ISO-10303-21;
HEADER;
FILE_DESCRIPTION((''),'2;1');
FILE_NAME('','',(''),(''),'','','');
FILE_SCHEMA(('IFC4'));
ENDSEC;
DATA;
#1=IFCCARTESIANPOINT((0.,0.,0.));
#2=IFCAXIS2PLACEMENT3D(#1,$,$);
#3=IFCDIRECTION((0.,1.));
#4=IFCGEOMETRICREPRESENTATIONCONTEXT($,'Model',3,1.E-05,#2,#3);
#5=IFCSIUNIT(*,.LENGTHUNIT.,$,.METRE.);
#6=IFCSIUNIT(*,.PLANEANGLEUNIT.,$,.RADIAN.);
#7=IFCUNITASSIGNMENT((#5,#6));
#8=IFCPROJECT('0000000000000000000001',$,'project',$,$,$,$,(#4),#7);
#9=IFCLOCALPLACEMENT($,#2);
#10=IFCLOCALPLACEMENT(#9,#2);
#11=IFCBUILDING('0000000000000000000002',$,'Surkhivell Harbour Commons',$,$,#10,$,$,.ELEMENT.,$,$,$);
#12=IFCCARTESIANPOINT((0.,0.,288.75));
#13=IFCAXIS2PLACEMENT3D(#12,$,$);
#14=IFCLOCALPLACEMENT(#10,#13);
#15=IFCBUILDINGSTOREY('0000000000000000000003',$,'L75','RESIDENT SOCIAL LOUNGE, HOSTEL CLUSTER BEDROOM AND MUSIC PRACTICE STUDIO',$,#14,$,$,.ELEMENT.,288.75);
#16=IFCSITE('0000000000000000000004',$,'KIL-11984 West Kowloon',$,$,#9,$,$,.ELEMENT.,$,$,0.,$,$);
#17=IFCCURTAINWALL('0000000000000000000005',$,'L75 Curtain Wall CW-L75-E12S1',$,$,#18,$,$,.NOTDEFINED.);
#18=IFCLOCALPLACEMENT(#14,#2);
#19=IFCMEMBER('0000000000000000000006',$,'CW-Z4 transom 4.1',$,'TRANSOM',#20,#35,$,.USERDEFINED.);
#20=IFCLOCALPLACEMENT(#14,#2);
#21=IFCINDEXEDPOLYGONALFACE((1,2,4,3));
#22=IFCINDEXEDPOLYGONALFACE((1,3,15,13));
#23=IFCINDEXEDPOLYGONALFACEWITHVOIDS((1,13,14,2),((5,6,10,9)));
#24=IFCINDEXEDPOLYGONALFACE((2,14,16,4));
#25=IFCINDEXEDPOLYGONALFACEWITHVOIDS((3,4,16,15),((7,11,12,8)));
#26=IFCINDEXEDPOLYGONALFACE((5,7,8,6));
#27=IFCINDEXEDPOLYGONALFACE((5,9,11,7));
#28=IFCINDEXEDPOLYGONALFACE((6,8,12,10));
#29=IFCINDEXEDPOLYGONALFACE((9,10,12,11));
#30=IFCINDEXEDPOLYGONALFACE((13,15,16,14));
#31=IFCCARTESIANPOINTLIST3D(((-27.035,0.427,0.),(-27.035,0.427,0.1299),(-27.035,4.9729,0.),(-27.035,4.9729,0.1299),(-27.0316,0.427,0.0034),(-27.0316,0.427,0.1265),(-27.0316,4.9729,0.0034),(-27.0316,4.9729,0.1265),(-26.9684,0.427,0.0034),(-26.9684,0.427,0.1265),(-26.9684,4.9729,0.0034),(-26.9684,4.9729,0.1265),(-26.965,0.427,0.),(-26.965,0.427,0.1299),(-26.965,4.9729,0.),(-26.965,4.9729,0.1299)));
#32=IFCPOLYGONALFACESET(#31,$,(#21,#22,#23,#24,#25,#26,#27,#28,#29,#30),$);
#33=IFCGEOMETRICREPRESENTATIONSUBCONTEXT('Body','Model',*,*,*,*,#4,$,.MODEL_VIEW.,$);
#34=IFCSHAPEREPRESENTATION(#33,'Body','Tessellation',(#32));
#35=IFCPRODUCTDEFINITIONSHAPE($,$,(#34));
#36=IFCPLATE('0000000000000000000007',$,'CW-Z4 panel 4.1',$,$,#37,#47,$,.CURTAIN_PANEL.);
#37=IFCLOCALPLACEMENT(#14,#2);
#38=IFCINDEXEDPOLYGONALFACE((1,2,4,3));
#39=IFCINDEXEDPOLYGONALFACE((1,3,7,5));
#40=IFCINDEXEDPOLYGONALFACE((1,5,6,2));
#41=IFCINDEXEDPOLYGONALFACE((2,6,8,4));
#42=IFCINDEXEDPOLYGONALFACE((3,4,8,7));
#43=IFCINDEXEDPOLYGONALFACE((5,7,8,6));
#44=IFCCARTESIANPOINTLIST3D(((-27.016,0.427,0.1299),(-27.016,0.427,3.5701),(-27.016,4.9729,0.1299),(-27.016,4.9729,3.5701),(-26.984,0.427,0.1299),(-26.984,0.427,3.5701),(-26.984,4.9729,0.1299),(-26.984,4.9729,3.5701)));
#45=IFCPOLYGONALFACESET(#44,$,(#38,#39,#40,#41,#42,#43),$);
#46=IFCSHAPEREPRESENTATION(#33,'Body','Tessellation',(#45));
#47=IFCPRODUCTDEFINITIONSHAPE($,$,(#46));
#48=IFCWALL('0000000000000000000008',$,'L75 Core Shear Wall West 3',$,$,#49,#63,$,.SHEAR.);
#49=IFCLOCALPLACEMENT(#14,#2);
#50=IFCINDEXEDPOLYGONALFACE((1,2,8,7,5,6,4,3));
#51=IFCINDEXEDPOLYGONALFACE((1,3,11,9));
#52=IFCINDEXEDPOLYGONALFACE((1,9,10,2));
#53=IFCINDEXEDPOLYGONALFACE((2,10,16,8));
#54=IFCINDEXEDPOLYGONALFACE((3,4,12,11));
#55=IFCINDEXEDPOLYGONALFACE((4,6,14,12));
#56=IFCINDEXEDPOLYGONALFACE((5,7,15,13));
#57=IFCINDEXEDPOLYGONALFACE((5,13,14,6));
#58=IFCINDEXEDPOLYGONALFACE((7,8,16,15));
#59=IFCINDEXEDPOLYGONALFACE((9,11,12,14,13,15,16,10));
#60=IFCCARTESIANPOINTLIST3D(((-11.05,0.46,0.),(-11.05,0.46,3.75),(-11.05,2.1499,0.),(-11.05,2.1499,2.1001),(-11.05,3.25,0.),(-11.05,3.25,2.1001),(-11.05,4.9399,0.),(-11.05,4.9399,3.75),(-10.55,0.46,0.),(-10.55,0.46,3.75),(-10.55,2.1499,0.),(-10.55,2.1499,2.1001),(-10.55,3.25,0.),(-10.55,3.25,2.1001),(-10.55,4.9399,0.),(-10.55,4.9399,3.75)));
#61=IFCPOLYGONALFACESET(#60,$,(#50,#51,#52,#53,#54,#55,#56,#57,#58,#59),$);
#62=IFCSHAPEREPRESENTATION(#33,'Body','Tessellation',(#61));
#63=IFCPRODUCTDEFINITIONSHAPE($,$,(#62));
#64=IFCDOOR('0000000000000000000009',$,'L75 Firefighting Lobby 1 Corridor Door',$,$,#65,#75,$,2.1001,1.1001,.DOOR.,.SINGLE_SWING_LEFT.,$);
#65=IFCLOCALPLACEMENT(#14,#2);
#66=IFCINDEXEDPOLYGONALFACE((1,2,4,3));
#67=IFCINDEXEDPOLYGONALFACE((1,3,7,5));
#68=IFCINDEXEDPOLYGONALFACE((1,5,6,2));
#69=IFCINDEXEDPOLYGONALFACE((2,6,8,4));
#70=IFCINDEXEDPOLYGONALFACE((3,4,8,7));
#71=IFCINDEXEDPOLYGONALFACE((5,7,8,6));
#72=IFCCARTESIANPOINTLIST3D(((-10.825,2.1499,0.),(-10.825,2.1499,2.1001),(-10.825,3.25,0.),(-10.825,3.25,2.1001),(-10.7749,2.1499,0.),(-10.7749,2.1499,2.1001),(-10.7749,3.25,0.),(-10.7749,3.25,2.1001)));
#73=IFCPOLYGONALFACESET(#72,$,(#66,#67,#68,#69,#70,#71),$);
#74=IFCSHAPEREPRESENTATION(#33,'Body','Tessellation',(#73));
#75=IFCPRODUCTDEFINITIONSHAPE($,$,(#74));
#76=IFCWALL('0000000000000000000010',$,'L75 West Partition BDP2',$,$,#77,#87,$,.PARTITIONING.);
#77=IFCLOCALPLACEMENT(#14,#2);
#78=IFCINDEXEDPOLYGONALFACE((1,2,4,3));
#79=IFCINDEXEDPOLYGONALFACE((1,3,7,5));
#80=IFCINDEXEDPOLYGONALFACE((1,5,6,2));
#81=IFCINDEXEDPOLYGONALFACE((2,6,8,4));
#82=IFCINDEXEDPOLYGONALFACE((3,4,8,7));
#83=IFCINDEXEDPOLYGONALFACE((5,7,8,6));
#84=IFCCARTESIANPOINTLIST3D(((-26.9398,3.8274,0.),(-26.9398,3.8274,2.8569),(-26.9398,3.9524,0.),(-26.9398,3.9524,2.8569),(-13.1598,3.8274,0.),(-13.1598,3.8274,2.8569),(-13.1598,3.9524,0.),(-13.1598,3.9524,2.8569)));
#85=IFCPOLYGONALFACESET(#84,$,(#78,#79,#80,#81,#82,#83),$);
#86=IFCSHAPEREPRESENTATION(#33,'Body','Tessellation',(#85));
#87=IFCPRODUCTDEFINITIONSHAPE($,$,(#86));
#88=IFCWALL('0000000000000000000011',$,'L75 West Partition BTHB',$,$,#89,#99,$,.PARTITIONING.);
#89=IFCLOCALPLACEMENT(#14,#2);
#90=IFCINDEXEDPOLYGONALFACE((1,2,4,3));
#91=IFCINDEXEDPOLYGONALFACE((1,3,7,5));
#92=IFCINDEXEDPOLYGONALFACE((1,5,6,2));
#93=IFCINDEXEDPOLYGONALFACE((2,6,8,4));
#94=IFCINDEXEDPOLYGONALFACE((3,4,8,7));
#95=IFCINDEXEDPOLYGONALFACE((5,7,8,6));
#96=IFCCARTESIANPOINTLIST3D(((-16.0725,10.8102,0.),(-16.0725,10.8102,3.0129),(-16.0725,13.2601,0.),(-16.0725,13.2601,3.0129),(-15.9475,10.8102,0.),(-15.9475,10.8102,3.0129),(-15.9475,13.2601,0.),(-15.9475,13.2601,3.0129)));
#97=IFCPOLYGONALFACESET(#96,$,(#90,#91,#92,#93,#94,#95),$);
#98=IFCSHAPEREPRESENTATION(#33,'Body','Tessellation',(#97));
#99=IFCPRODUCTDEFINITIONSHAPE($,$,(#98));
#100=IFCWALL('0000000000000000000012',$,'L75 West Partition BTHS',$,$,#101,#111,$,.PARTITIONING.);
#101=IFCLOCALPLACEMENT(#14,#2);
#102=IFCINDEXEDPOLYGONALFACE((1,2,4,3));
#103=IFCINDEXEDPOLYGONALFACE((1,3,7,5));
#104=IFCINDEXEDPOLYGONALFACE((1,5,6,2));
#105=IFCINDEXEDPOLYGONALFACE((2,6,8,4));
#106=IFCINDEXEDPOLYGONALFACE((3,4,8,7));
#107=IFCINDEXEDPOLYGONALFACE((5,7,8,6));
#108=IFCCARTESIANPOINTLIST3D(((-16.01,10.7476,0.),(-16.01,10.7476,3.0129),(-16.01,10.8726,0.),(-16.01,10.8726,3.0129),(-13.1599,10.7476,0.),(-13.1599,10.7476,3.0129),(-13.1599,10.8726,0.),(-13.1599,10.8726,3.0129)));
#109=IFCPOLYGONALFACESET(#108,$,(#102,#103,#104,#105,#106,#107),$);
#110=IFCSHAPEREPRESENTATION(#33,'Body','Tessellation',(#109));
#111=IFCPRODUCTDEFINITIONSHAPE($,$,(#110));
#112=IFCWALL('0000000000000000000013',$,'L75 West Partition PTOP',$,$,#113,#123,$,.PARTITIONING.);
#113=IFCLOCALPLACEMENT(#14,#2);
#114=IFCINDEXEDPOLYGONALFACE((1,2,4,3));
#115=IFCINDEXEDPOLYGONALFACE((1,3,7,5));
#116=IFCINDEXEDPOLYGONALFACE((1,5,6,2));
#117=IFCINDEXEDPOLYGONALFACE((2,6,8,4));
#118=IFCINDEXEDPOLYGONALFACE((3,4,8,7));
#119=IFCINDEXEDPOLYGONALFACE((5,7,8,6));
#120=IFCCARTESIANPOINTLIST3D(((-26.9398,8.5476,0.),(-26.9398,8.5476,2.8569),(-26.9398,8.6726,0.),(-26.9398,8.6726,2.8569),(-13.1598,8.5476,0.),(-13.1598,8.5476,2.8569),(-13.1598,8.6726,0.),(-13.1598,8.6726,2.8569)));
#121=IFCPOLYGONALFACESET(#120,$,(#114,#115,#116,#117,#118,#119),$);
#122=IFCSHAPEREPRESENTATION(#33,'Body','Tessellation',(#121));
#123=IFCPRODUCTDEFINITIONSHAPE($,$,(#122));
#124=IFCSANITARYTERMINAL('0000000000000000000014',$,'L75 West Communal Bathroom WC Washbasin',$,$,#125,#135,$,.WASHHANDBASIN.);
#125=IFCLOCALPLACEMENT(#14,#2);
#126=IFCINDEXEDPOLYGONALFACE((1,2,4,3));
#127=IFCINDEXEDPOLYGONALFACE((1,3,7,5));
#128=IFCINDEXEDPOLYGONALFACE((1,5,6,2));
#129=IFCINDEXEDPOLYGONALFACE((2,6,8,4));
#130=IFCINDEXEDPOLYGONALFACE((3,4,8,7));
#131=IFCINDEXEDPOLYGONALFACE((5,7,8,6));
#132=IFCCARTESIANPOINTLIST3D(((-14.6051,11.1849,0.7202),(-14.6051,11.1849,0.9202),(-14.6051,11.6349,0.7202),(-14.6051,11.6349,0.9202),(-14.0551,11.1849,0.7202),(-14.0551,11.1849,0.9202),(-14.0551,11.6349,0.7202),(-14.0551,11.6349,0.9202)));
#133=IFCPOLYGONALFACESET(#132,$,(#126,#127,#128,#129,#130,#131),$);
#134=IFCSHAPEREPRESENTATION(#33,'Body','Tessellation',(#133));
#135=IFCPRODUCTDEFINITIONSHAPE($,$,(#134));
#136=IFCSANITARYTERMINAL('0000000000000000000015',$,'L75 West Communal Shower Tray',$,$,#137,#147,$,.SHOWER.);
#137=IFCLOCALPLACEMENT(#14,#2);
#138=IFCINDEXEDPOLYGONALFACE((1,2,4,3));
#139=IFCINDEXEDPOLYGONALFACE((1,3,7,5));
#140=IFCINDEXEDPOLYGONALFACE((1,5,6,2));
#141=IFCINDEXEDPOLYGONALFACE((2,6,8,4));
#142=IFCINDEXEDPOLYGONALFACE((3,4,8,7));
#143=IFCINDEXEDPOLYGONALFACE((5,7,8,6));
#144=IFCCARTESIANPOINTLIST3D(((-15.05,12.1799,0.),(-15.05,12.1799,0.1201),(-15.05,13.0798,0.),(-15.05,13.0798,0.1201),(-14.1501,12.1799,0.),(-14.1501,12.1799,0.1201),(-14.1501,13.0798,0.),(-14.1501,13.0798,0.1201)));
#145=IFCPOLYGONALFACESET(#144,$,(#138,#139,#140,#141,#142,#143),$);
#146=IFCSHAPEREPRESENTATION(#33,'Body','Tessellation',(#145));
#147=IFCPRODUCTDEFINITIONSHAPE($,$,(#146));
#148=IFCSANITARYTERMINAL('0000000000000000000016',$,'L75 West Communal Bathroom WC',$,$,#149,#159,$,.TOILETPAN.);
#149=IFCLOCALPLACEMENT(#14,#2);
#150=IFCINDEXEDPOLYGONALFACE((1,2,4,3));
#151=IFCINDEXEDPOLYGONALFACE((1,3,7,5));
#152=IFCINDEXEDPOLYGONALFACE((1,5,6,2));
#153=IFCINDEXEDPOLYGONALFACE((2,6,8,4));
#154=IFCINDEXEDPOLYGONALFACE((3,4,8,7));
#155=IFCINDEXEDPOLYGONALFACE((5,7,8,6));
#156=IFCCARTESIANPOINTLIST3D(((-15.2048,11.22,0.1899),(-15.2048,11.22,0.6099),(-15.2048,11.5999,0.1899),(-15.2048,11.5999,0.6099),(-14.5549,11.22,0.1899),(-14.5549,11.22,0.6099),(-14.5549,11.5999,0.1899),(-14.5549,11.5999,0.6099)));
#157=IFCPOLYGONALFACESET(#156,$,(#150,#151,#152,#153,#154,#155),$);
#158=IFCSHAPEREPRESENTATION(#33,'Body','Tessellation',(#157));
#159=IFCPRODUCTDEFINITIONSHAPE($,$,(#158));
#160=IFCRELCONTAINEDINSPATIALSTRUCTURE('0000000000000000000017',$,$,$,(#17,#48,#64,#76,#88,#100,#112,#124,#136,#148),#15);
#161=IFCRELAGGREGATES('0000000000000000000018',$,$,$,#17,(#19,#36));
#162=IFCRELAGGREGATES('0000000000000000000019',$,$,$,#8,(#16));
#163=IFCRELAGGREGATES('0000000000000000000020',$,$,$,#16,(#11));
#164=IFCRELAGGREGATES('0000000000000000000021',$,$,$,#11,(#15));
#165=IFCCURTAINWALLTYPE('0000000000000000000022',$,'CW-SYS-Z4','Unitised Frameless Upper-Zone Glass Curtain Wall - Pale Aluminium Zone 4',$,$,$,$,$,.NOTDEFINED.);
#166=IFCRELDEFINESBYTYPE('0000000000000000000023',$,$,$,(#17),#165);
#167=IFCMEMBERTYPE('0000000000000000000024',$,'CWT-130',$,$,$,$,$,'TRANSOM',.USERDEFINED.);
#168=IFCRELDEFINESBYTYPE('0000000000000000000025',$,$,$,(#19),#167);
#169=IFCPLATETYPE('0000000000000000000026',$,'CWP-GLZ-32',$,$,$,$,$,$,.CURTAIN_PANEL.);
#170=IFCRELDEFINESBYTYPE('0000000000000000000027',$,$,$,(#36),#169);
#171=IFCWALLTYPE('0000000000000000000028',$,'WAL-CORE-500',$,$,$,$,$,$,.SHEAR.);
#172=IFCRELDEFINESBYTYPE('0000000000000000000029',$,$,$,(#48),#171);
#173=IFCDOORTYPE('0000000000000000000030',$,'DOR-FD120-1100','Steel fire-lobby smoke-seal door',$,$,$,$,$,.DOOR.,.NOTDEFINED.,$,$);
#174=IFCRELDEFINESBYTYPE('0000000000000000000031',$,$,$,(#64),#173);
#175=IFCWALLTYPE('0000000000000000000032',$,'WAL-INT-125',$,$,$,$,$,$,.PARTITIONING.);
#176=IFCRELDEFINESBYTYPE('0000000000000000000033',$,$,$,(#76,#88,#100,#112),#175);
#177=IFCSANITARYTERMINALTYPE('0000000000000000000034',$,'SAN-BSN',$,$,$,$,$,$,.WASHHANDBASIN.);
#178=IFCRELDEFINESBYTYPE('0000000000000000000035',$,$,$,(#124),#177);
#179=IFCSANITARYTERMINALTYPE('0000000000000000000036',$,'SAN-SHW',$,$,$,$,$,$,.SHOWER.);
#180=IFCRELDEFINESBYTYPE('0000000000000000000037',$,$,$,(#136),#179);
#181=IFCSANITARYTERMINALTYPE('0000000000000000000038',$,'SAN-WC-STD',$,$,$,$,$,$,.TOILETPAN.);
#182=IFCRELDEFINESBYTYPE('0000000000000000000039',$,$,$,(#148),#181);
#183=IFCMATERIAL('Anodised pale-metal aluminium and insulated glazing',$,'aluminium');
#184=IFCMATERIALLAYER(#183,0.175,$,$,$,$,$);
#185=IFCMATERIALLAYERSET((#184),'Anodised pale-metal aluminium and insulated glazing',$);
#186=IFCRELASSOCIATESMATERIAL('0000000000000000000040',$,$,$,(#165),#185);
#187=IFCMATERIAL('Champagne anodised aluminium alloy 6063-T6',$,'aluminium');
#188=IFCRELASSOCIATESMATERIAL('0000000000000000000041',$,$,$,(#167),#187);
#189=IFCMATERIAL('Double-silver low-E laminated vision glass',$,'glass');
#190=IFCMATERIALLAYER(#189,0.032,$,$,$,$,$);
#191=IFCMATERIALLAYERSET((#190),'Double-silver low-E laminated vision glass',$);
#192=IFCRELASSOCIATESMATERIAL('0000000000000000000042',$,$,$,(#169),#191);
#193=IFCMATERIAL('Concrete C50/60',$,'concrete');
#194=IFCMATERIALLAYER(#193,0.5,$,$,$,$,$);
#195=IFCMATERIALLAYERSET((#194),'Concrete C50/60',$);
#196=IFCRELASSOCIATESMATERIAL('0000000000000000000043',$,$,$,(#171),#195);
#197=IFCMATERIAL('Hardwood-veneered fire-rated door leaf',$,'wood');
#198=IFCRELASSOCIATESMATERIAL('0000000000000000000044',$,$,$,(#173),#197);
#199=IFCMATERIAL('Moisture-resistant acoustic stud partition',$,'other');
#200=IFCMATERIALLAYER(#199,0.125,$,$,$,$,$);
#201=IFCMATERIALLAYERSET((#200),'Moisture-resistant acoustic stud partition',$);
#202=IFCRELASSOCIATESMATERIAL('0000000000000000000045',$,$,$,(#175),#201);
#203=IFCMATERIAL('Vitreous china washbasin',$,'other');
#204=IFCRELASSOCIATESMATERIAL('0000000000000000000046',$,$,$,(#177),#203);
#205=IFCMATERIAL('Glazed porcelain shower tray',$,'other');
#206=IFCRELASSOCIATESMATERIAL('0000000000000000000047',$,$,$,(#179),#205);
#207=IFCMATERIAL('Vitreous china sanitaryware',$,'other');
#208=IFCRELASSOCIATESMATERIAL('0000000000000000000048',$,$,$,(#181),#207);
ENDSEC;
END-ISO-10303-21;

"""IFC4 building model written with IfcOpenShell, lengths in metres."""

from ifc_helpers import new_model, si_unit, direction, frame, frame_2d, origin, origin_2d, place, context, subcontext, project, spatial, rectangle, hollow_rectangle, extrude, material, layer, layer_set, material_profile, profile_set, type_object, element, fill, aggregate, save


model = new_model("IFC4")

# Units and contexts
model_context = context("Model", 3, precision=1e-05, world=origin(), true_north=direction((0.0, 1.0)))
body_context = subcontext(model_context, "Body", "Model", "MODEL_VIEW")
ifc_project = project(units=[si_unit("LENGTHUNIT", "METRE"), si_unit("PLANEANGLEUNIT", "RADIAN")], contexts=[model_context])

# Site, building, storey
site_placement = place(None, origin())
site = spatial("IfcSite", under=ifc_project, at=site_placement, Name="KIL-11984 West Kowloon", CompositionType="ELEMENT", RefElevation=0.0)
building_placement = place(site_placement, origin())
building = spatial("IfcBuilding", under=site, at=building_placement, Name="Surkhivell Harbour Commons", CompositionType="ELEMENT")
storey_placement = place(building_placement, frame((0.0, 0.0, 288.75)))
storey = spatial("IfcBuildingStorey", under=building, at=storey_placement, Name="L75", Description="RESIDENT SOCIAL LOUNGE, HOSTEL CLUSTER BEDROOM AND MUSIC PRACTICE STUDIO", CompositionType="ELEMENT", Elevation=288.75)

# Shared definitions
ifc_material_1 = material(Name="Concrete C50/60", Category="concrete")

# Curtain wall, member, plate
ifc_material_2 = material(Name="Anodised pale-metal aluminium and insulated glazing", Category="aluminium")
ifc_layer_1 = layer(ifc_material_2, 0.175)
ifc_layer_set_1 = layer_set([ifc_layer_1], Name="Anodised pale-metal aluminium and insulated glazing")
curtain_wall_type = type_object("IfcCurtainWallType", Name="CW-SYS-Z4", Description="Unitised Frameless Upper-Zone Glass Curtain Wall - Pale Aluminium Zone 4", PredefinedType="NOTDEFINED", material=ifc_layer_set_1)
curtain_wall_placement = place(storey_placement, origin())
curtain_wall = element("IfcCurtainWall", 1, at=curtain_wall_placement, inside=storey, type_object=curtain_wall_type, Name="L75 Curtain Wall CW-L75-E12S1", PredefinedType="NOTDEFINED")
ifc_material_3 = material(Name="Champagne anodised aluminium alloy 6063-T6", Category="aluminium")
ifc_material_profile_1 = material_profile(ifc_material_3, hollow_rectangle(XDim=0.0701, YDim=0.1299, WallThickness=0.0034, at=origin_2d()), Name="ALU-TRAN-70x130")
ifc_profile_set_1 = profile_set([ifc_material_profile_1], Name="Champagne anodised aluminium alloy 6063-T6")
member_type_1 = type_object("IfcMemberType", Name="CWT-130", ElementType="TRANSOM", PredefinedType="USERDEFINED", material=ifc_profile_set_1)
member_1_placement = place(storey_placement, frame((-27.0, 4.9729, 0.0649), z_axis=(0.0, -1.0, 0.0), x_axis=(1.0, 0.0, 0.0)))
member_1 = element("IfcMember", 2, at=member_1_placement, type_object=member_type_1, Name="CW-Z4 transom 4.1", ObjectType="TRANSOM", PredefinedType="USERDEFINED", context=body_context, shape_type="SweptSolid", body=[
    extrude(hollow_rectangle(XDim=0.0701, YDim=0.1299, WallThickness=0.0034, at=origin_2d()), origin(), (0.0, 0.0, 1.0), 4.5459),
])
ifc_material_4 = material(Name="Double-silver low-E laminated vision glass", Category="glass")
ifc_layer_2 = layer(ifc_material_4, 0.032)
ifc_layer_set_2 = layer_set([ifc_layer_2], Name="Double-silver low-E laminated vision glass")
plate_type = type_object("IfcPlateType", Name="CWP-GLZ-32", PredefinedType="CURTAIN_PANEL", material=ifc_layer_set_2)
plate_1_placement = place(storey_placement, frame((-27.0, 4.9729, 0.1299), z_axis=(0.0, 0.0, 1.0), x_axis=(0.0, -1.0, 0.0)))
plate_1 = element("IfcPlate", 3, at=plate_1_placement, type_object=plate_type, Name="CW-Z4 panel 4.1", PredefinedType="CURTAIN_PANEL", context=body_context, shape_type="SweptSolid", body=[
    extrude(rectangle(XDim=4.5459, YDim=0.032, at=frame_2d((2.2729, 0.0))), origin(), (0.0, 0.0, 1.0), 3.4402),
])
aggregate(curtain_wall, [member_1, plate_1])

# Wall, opening, door
ifc_layer_3 = layer(ifc_material_1, 0.5)
ifc_layer_set_3 = layer_set([ifc_layer_3], Name="Concrete C50/60")
wall_type_1 = type_object("IfcWallType", Name="WAL-CORE-500", PredefinedType="SHEAR", material=ifc_layer_set_3)
wall_1_placement = place(storey_placement, frame((-10.8, 0.46, 0.0), z_axis=(0.0, 0.0, 1.0), x_axis=(0.0, 1.0, 0.0)))
wall_1 = element("IfcWall", 4, at=wall_1_placement, inside=storey, type_object=wall_type_1, Name="L75 Core Shear Wall West 3", PredefinedType="SHEAR", context=body_context, shape_type="SweptSolid", body=[
    extrude(rectangle(XDim=4.48, YDim=0.5, at=frame_2d((2.24, 0.0))), origin(), (0.0, 0.0, 1.0), 3.75),
])
opening_placement = place(wall_1_placement, frame((1.6899, 0.0, 0.0)))
opening = element("IfcOpeningElement", 5, at=opening_placement, cuts=wall_1, PredefinedType="OPENING", context=body_context, shape_type="SweptSolid", body=[
    extrude(rectangle(XDim=1.1001, YDim=2.1001, at=frame_2d((0.55, 1.05))), frame((0.0, 0.26, 0.0), z_axis=(0.0, -1.0, 0.0), x_axis=(1.0, 0.0, 0.0)), (0.0, 0.0, 1.0), 0.52),
])
ifc_material_5 = material(Name="Hardwood-veneered fire-rated door leaf", Category="wood")
door_type = type_object("IfcDoorType", Name="DOR-FD120-1100", Description="Steel fire-lobby smoke-seal door", OperationType="NOTDEFINED", PredefinedType="DOOR", material=ifc_material_5)
door_placement = place(opening_placement, origin())
door = element("IfcDoor", 6, at=door_placement, inside=storey, type_object=door_type, Name="L75 Firefighting Lobby 1 Corridor Door", OperationType="SINGLE_SWING_LEFT", OverallHeight=2.1001, OverallWidth=1.1001, PredefinedType="DOOR", context=body_context, shape_type="SweptSolid", body=[
    extrude(rectangle(XDim=1.1001, YDim=2.1001, at=frame_2d((0.55, 1.05))), frame((0.0, 0.0249, 0.0), z_axis=(0.0, -1.0, 0.0), x_axis=(1.0, 0.0, 0.0)), (0.0, 0.0, 1.0), 0.05),
])
fill(opening, door)

# Walls
ifc_material_6 = material(Name="Moisture-resistant acoustic stud partition", Category="other")
ifc_layer_4 = layer(ifc_material_6, 0.125)
ifc_layer_set_4 = layer_set([ifc_layer_4], Name="Moisture-resistant acoustic stud partition")
wall_type_2 = type_object("IfcWallType", Name="WAL-INT-125", PredefinedType="PARTITIONING", material=ifc_layer_set_4)
wall_2_placement = place(storey_placement, frame((-26.9399, 3.8899, 0.0), z_axis=(0.0, 0.0, 1.0), x_axis=(1.0, 0.0, 0.0)))
element("IfcWall", 7, at=wall_2_placement, inside=storey, type_object=wall_type_2, Name="L75 West Partition BDP2", PredefinedType="PARTITIONING", context=body_context, shape_type="SweptSolid", body=[
    extrude(rectangle(XDim=13.78, YDim=0.125, at=frame_2d((6.8901, 0.0))), origin(), (0.0, 0.0, 1.0), 2.8569),
])
wall_3_placement = place(storey_placement, frame((-16.01, 10.8101, 0.0), z_axis=(0.0, 0.0, 1.0), x_axis=(0.0, 1.0, 0.0)))
element("IfcWall", 8, at=wall_3_placement, inside=storey, type_object=wall_type_2, Name="L75 West Partition BTHB", PredefinedType="PARTITIONING", context=body_context, shape_type="SweptSolid", body=[
    extrude(rectangle(XDim=2.45, YDim=0.125, at=frame_2d((1.2251, 0.0))), origin(), (0.0, 0.0, 1.0), 3.0129),
])
wall_4_placement = place(storey_placement, frame((-16.01, 10.8101, 0.0), z_axis=(0.0, 0.0, 1.0), x_axis=(1.0, 0.0, 0.0)))
element("IfcWall", 9, at=wall_4_placement, inside=storey, type_object=wall_type_2, Name="L75 West Partition BTHS", PredefinedType="PARTITIONING", context=body_context, shape_type="SweptSolid", body=[
    extrude(rectangle(XDim=2.8501, YDim=0.125, at=frame_2d((1.425, 0.0))), origin(), (0.0, 0.0, 1.0), 3.0129),
])
wall_5_placement = place(storey_placement, frame((-26.9399, 8.6101, 0.0), z_axis=(0.0, 0.0, 1.0), x_axis=(1.0, 0.0, 0.0)))
element("IfcWall", 10, at=wall_5_placement, inside=storey, type_object=wall_type_2, Name="L75 West Partition PTOP", PredefinedType="PARTITIONING", context=body_context, shape_type="SweptSolid", body=[
    extrude(rectangle(XDim=13.78, YDim=0.125, at=frame_2d((6.8901, 0.0))), origin(), (0.0, 0.0, 1.0), 2.8569),
])

# Sanitary terminals
ifc_material_7 = material(Name="Vitreous china washbasin", Category="other")
sanitary_terminal_type_1 = type_object("IfcSanitaryTerminalType", Name="SAN-BSN", PredefinedType="WASHHANDBASIN", material=ifc_material_7)
sanitary_terminal_1_placement = place(storey_placement, frame((-14.3301, 11.4099, 0.7202), z_axis=(0.0, 0.0, 1.0), x_axis=(1.0, 0.0, 0.0)))
element("IfcSanitaryTerminal", 11, at=sanitary_terminal_1_placement, inside=storey, type_object=sanitary_terminal_type_1, Name="L75 West Communal Bathroom WC Washbasin", PredefinedType="WASHHANDBASIN", context=body_context, shape_type="SweptSolid", body=[
    extrude(rectangle(XDim=0.55, YDim=0.45, at=origin_2d()), origin(), (0.0, 0.0, 1.0), 0.2),
])
ifc_material_8 = material(Name="Glazed porcelain shower tray", Category="other")
sanitary_terminal_type_2 = type_object("IfcSanitaryTerminalType", Name="SAN-SHW", PredefinedType="SHOWER", material=ifc_material_8)
sanitary_terminal_2_placement = place(storey_placement, frame((-14.6001, 12.6299, 0.0), z_axis=(0.0, 0.0, 1.0), x_axis=(1.0, 0.0, 0.0)))
element("IfcSanitaryTerminal", 12, at=sanitary_terminal_2_placement, inside=storey, type_object=sanitary_terminal_type_2, Name="L75 West Communal Shower Tray", PredefinedType="SHOWER", context=body_context, shape_type="SweptSolid", body=[
    extrude(rectangle(XDim=0.8999, YDim=0.8999, at=origin_2d()), origin(), (0.0, 0.0, 1.0), 0.1201),
])
ifc_material_9 = material(Name="Vitreous china sanitaryware", Category="other")
sanitary_terminal_type_3 = type_object("IfcSanitaryTerminalType", Name="SAN-WC-STD", PredefinedType="TOILETPAN", material=ifc_material_9)
sanitary_terminal_3_placement = place(storey_placement, frame((-14.8799, 11.4099, 0.1899), z_axis=(0.0, 0.0, 1.0), x_axis=(1.0, 0.0, 0.0)))
element("IfcSanitaryTerminal", 13, at=sanitary_terminal_3_placement, inside=storey, type_object=sanitary_terminal_type_3, Name="L75 West Communal Bathroom WC", PredefinedType="TOILETPAN", context=body_context, shape_type="SweptSolid", body=[
    extrude(rectangle(XDim=0.6499, YDim=0.3799, at=origin_2d()), origin(), (0.0, 0.0, 1.0), 0.4199),
])

save(model, "model.ifc")
